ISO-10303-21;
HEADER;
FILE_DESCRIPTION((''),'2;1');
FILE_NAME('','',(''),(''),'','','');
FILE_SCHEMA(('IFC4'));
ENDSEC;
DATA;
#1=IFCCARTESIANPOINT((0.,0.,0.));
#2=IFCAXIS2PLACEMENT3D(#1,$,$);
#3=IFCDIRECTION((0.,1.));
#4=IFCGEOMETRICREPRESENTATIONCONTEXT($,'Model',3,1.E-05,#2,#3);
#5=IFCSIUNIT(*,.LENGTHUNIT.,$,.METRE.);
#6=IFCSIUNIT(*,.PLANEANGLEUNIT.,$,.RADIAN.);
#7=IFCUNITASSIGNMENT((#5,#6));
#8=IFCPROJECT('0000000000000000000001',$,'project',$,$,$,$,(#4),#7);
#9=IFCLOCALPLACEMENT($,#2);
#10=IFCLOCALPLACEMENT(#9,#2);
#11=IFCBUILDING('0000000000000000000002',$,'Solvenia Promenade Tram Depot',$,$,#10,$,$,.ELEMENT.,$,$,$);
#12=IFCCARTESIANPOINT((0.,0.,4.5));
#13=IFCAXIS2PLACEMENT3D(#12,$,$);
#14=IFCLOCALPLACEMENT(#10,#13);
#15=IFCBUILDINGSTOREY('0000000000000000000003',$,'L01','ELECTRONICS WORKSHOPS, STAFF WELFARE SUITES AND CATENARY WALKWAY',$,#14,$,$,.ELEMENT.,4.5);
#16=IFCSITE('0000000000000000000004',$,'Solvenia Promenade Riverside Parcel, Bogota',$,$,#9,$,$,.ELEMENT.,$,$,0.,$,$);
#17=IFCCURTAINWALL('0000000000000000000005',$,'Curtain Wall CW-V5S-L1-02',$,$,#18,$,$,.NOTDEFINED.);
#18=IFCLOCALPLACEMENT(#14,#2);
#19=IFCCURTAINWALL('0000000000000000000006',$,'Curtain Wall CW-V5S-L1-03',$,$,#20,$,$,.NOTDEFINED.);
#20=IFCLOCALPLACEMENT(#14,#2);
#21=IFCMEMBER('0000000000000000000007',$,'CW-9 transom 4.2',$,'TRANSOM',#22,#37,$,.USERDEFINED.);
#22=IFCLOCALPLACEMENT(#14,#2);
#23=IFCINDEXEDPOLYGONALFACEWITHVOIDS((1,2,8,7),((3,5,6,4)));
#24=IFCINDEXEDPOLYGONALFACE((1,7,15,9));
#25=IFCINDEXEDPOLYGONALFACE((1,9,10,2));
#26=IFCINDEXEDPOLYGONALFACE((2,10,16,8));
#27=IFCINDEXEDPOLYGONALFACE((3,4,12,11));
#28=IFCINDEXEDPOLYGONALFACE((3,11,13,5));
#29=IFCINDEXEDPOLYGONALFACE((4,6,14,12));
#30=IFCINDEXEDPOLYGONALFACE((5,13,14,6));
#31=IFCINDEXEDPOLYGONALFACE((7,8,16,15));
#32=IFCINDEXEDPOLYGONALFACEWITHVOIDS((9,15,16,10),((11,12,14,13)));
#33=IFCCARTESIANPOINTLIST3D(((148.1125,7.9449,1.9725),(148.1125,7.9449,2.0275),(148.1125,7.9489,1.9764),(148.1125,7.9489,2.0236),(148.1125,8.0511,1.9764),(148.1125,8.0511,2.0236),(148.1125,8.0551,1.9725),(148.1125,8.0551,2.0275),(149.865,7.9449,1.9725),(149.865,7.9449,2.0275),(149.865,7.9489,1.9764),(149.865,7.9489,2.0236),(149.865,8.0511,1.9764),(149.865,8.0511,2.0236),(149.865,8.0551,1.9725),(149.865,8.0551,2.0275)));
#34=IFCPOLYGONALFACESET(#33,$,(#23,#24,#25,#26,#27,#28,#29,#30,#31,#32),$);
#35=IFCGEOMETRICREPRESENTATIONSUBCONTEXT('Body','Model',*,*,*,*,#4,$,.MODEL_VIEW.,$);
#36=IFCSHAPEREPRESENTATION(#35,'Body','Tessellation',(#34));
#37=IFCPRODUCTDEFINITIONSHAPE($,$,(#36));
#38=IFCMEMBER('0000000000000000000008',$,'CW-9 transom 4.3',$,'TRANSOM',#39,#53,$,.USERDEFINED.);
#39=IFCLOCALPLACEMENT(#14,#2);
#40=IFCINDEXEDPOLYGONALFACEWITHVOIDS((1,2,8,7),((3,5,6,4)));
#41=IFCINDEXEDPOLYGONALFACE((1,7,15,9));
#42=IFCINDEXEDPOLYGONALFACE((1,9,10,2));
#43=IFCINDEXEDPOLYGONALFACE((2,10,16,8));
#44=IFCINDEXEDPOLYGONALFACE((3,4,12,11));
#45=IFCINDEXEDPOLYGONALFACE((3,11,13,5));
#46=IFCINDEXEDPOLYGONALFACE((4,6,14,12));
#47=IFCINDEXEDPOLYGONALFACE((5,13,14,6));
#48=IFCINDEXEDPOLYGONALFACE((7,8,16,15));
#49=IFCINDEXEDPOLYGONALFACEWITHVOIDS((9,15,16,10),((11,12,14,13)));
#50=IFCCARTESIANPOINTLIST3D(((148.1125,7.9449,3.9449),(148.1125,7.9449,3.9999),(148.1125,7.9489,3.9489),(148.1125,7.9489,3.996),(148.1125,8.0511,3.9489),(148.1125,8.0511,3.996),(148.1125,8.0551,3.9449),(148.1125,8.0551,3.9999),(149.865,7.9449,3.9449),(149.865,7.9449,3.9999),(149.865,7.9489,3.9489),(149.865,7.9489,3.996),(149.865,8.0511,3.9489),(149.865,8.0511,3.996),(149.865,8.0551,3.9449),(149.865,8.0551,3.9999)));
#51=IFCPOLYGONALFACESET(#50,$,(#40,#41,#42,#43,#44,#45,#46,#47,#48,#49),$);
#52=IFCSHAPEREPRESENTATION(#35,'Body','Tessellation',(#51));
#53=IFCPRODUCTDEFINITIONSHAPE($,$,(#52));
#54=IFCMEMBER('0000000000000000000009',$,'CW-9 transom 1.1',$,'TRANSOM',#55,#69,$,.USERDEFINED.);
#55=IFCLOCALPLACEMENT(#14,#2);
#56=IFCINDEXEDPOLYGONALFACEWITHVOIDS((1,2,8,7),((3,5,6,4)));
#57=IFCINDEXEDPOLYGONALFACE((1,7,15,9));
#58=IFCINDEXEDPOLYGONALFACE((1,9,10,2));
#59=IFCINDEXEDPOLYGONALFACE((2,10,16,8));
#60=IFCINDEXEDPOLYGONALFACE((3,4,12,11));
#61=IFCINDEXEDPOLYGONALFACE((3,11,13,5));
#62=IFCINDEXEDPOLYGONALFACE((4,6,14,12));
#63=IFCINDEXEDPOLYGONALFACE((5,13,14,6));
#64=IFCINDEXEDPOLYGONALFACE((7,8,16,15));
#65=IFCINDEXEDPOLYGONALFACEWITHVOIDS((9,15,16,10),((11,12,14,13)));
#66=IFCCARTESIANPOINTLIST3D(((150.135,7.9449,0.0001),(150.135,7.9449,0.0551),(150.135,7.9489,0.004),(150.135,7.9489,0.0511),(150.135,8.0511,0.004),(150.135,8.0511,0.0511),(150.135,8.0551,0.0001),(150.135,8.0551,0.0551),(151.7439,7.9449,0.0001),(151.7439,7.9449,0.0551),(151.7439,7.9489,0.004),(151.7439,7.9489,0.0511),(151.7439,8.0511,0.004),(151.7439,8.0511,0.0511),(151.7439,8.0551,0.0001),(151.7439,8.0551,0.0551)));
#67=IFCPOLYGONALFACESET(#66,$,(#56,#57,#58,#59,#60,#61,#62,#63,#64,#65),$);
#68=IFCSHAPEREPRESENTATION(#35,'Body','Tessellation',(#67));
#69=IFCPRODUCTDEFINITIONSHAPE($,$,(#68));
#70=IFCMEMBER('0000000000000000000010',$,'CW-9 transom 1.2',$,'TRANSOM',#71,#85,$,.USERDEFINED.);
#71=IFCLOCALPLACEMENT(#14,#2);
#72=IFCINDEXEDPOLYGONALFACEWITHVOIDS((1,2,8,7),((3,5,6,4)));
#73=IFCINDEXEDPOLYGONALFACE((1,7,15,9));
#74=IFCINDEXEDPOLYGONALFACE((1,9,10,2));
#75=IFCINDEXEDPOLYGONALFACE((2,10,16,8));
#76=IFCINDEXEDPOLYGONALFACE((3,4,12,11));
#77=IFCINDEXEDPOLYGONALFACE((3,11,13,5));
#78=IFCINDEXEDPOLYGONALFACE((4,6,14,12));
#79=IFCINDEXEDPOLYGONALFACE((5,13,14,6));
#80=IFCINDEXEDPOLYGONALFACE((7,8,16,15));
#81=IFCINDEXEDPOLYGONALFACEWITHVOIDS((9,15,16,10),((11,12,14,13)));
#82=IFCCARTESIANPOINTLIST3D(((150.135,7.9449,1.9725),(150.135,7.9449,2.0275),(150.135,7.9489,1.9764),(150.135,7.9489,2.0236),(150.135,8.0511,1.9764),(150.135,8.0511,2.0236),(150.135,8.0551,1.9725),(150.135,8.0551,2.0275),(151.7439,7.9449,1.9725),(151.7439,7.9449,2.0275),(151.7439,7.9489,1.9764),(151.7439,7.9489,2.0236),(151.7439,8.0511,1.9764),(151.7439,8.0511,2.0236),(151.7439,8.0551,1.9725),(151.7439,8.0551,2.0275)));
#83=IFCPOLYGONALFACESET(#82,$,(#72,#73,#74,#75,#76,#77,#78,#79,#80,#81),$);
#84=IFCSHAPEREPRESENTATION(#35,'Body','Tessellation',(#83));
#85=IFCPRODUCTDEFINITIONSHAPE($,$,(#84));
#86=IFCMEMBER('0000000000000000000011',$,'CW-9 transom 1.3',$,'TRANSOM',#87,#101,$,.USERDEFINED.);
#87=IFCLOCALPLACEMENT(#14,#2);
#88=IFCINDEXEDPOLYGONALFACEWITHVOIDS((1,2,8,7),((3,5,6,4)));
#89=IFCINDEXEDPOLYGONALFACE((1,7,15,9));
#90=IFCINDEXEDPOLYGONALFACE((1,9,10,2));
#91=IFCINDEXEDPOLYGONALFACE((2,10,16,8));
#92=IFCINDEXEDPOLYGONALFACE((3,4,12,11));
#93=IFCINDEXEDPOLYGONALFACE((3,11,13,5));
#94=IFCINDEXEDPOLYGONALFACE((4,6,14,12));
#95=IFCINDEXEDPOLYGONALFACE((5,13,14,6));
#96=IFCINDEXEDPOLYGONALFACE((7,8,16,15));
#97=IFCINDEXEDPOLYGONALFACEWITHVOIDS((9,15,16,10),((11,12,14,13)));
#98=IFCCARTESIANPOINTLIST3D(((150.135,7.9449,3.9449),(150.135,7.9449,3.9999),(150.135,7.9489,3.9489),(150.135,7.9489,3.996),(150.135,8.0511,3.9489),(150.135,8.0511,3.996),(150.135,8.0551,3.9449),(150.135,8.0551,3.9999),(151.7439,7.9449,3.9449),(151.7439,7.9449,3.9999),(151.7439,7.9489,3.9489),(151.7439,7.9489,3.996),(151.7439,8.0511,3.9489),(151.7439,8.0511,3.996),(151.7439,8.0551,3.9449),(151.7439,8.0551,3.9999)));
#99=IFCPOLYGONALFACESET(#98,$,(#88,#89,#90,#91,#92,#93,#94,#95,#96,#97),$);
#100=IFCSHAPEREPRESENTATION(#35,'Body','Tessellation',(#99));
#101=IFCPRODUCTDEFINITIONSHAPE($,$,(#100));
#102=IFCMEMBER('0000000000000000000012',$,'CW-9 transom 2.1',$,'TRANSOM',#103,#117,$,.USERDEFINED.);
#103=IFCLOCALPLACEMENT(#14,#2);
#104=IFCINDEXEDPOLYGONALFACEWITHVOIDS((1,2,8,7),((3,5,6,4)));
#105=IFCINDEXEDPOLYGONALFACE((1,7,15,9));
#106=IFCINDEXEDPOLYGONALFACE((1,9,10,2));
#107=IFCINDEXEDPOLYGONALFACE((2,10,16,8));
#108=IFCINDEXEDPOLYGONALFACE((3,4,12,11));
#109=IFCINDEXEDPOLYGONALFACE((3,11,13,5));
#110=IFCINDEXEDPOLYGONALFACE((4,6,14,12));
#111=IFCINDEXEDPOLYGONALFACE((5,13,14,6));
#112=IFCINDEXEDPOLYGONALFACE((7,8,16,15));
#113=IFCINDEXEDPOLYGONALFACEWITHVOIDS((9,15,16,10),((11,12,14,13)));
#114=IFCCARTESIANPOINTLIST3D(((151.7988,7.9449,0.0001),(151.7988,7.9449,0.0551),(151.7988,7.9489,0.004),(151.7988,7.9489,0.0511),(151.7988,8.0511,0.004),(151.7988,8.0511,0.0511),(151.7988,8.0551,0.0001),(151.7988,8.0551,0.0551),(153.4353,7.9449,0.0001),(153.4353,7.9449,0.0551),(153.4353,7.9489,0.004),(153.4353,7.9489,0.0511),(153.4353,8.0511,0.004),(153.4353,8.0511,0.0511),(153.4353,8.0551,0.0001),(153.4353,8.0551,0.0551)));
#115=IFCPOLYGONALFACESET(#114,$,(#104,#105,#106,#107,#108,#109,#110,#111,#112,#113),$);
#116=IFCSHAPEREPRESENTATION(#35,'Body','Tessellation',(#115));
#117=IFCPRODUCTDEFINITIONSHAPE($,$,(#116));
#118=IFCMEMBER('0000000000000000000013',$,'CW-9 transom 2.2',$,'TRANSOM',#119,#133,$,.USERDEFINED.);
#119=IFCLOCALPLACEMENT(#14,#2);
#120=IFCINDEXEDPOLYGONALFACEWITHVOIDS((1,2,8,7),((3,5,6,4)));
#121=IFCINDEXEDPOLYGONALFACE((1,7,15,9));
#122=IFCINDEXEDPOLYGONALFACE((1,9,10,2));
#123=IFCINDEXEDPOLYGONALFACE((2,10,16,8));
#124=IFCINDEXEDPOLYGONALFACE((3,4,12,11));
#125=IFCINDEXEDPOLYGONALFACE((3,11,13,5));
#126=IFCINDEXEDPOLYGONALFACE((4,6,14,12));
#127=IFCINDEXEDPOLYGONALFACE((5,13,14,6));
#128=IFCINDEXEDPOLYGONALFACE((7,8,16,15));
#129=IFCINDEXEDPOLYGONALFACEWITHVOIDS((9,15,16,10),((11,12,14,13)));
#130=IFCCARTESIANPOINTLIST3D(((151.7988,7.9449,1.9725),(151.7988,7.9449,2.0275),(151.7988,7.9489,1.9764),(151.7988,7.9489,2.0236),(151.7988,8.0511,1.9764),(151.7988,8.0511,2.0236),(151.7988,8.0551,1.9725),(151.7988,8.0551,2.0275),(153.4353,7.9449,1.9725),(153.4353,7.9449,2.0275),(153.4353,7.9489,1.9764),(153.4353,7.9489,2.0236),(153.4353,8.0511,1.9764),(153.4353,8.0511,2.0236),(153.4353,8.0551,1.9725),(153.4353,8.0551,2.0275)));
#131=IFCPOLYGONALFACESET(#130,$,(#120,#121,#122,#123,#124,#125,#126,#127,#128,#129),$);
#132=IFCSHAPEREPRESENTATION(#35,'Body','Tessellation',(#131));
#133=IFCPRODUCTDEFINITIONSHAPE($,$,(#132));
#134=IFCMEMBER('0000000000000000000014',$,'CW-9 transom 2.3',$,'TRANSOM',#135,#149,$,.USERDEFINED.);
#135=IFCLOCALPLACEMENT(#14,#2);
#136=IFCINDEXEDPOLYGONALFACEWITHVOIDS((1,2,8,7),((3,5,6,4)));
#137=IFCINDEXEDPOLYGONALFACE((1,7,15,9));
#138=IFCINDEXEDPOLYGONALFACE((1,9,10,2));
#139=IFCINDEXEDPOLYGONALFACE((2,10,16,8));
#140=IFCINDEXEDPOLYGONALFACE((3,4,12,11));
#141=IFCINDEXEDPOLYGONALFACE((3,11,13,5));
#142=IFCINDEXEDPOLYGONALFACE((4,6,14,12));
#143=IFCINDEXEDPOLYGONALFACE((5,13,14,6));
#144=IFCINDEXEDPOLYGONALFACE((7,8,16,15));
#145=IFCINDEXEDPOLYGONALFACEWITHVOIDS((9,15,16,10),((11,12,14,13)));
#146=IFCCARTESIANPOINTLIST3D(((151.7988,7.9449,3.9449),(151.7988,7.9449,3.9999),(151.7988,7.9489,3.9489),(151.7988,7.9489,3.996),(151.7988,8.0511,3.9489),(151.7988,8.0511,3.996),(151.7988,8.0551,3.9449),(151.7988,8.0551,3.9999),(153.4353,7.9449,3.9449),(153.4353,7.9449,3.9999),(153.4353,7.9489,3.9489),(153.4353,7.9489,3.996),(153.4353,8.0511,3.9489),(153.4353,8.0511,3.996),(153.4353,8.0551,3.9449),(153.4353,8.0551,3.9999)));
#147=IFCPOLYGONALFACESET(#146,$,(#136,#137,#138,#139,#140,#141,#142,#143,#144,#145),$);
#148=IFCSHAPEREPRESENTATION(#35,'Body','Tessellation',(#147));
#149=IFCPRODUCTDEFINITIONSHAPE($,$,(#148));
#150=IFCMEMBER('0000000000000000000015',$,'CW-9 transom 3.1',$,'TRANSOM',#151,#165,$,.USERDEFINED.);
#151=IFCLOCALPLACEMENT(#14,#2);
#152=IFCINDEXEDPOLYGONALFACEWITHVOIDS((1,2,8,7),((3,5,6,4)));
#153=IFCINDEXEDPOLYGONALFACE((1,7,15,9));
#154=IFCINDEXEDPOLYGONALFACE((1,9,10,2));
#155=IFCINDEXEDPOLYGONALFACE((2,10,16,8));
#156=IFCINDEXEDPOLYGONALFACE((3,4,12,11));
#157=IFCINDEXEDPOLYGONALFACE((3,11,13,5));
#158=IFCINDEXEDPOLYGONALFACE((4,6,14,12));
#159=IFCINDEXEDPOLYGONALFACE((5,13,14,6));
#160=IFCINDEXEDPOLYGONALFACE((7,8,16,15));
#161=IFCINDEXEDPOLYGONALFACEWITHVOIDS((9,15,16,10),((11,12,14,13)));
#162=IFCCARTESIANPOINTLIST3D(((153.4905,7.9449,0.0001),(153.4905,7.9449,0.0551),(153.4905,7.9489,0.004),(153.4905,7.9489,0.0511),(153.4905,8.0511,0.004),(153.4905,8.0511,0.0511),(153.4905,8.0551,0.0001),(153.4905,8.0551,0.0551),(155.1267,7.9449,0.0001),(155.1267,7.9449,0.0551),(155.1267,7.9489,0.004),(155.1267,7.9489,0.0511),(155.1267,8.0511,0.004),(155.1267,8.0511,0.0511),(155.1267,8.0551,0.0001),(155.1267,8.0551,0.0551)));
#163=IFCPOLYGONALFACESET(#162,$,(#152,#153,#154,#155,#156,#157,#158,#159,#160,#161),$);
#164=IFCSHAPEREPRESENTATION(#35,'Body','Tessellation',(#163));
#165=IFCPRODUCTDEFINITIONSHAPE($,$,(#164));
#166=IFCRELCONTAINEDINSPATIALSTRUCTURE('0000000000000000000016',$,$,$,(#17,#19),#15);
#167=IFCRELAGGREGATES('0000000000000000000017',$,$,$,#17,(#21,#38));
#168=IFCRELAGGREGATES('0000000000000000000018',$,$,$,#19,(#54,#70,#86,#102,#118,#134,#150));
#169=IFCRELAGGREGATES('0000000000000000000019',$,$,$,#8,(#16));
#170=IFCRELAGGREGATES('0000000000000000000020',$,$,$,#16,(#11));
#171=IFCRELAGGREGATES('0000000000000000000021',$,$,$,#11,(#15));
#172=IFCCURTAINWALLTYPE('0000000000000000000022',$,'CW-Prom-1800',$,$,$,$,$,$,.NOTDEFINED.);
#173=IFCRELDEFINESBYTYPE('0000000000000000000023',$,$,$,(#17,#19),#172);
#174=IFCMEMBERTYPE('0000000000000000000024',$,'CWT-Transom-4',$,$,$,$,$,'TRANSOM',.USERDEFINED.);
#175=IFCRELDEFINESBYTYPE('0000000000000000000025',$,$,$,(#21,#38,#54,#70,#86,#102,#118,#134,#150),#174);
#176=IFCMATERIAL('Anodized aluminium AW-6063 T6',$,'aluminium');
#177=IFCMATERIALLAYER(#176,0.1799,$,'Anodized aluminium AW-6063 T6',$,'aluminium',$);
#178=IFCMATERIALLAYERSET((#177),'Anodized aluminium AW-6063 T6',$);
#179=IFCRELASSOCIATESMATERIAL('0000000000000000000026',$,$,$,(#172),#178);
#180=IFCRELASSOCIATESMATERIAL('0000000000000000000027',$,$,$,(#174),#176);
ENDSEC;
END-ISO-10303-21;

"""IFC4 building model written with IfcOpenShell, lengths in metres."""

from ifc_helpers import new_model, si_unit, direction, frame, origin, origin_2d, place, context, subcontext, project, spatial, hollow_rectangle, extrude, material, layer, layer_set, material_profile, profile_set, type_object, element, aggregate, save


model = new_model("IFC4")

# Units and contexts
model_context = context("Model", 3, precision=1e-05, world=origin(), true_north=direction((0.0, 1.0)))
body_context = subcontext(model_context, "Body", "Model", "MODEL_VIEW")
ifc_project = project(units=[si_unit("LENGTHUNIT", "METRE"), si_unit("PLANEANGLEUNIT", "RADIAN")], contexts=[model_context])

# Site, building, storey
site_placement = place(None, origin())
site = spatial("IfcSite", under=ifc_project, at=site_placement, Name="Solvenia Promenade Riverside Parcel, Bogota", CompositionType="ELEMENT", RefElevation=0.0)
building_placement = place(site_placement, origin())
building = spatial("IfcBuilding", under=site, at=building_placement, Name="Solvenia Promenade Tram Depot", CompositionType="ELEMENT")
storey_placement = place(building_placement, frame((0.0, 0.0, 4.5)))
storey = spatial("IfcBuildingStorey", under=building, at=storey_placement, Name="L01", Description="ELECTRONICS WORKSHOPS, STAFF WELFARE SUITES AND CATENARY WALKWAY", CompositionType="ELEMENT", Elevation=4.5)

# Curtain wall
ifc_material_1 = material(Name="Anodized aluminium AW-6063 T6", Category="aluminium")
ifc_layer_1 = layer(ifc_material_1, 0.1799, Name="Anodized aluminium AW-6063 T6", Category="aluminium")
ifc_layer_set_1 = layer_set([ifc_layer_1], Name="Anodized aluminium AW-6063 T6")
curtain_wall_type = type_object("IfcCurtainWallType", Name="CW-Prom-1800", PredefinedType="NOTDEFINED", material=ifc_layer_set_1)
curtain_wall_1_placement = place(storey_placement, origin())
curtain_wall_1 = element("IfcCurtainWall", 1, at=curtain_wall_1_placement, inside=storey, type_object=curtain_wall_type, Name="Curtain Wall CW-V5S-L1-02", PredefinedType="NOTDEFINED")

# Curtain wall
curtain_wall_2_placement = place(storey_placement, origin())
curtain_wall_2 = element("IfcCurtainWall", 2, at=curtain_wall_2_placement, inside=storey, type_object=curtain_wall_type, Name="Curtain Wall CW-V5S-L1-03", PredefinedType="NOTDEFINED")

# Members
ifc_material_profile_1 = material_profile(ifc_material_1, hollow_rectangle(XDim=0.1101, YDim=0.0549, WallThickness=0.0039, at=origin_2d()), Name="ALU-T4", Category="aluminium")
ifc_profile_set_1 = profile_set([ifc_material_profile_1], Name="Anodized aluminium AW-6063 T6")
member_type_1 = type_object("IfcMemberType", Name="CWT-Transom-4", ElementType="TRANSOM", PredefinedType="USERDEFINED", material=ifc_profile_set_1)
member_1_placement = place(storey_placement, frame((148.1125, 8.0, 2.0), z_axis=(1.0, 0.0, 0.0), x_axis=(0.0, 1.0, 0.0)))
member_1 = element("IfcMember", 3, at=member_1_placement, type_object=member_type_1, Name="CW-9 transom 4.2", ObjectType="TRANSOM", PredefinedType="USERDEFINED", context=body_context, shape_type="SweptSolid", body=[
    extrude(hollow_rectangle(XDim=0.1101, YDim=0.0549, WallThickness=0.0039, at=origin_2d()), origin(), (0.0, 0.0, 1.0), 1.7524),
])
member_2_placement = place(storey_placement, frame((148.1125, 8.0, 3.9724), z_axis=(1.0, 0.0, 0.0), x_axis=(0.0, 1.0, 0.0)))
member_2 = element("IfcMember", 4, at=member_2_placement, type_object=member_type_1, Name="CW-9 transom 4.3", ObjectType="TRANSOM", PredefinedType="USERDEFINED", context=body_context, shape_type="SweptSolid", body=[
    extrude(hollow_rectangle(XDim=0.1101, YDim=0.0549, WallThickness=0.0039, at=origin_2d()), origin(), (0.0, 0.0, 1.0), 1.7524),
])
member_3_placement = place(storey_placement, frame((150.135, 8.0, 0.0276), z_axis=(1.0, 0.0, 0.0), x_axis=(0.0, 1.0, 0.0)))
member_3 = element("IfcMember", 5, at=member_3_placement, type_object=member_type_1, Name="CW-9 transom 1.1", ObjectType="TRANSOM", PredefinedType="USERDEFINED", context=body_context, shape_type="SweptSolid", body=[
    extrude(hollow_rectangle(XDim=0.1101, YDim=0.0549, WallThickness=0.0039, at=origin_2d()), origin(), (0.0, 0.0, 1.0), 1.6089),
])
member_4_placement = place(storey_placement, frame((150.135, 8.0, 2.0), z_axis=(1.0, 0.0, 0.0), x_axis=(0.0, 1.0, 0.0)))
member_4 = element("IfcMember", 6, at=member_4_placement, type_object=member_type_1, Name="CW-9 transom 1.2", ObjectType="TRANSOM", PredefinedType="USERDEFINED", context=body_context, shape_type="SweptSolid", body=[
    extrude(hollow_rectangle(XDim=0.1101, YDim=0.0549, WallThickness=0.0039, at=origin_2d()), origin(), (0.0, 0.0, 1.0), 1.6089),
])
member_5_placement = place(storey_placement, frame((150.135, 8.0, 3.9724), z_axis=(1.0, 0.0, 0.0), x_axis=(0.0, 1.0, 0.0)))
member_5 = element("IfcMember", 7, at=member_5_placement, type_object=member_type_1, Name="CW-9 transom 1.3", ObjectType="TRANSOM", PredefinedType="USERDEFINED", context=body_context, shape_type="SweptSolid", body=[
    extrude(hollow_rectangle(XDim=0.1101, YDim=0.0549, WallThickness=0.0039, at=origin_2d()), origin(), (0.0, 0.0, 1.0), 1.6089),
])
member_6_placement = place(storey_placement, frame((151.7988, 8.0, 0.0276), z_axis=(1.0, 0.0, 0.0), x_axis=(0.0, 1.0, 0.0)))
member_6 = element("IfcMember", 8, at=member_6_placement, type_object=member_type_1, Name="CW-9 transom 2.1", ObjectType="TRANSOM", PredefinedType="USERDEFINED", context=body_context, shape_type="SweptSolid", body=[
    extrude(hollow_rectangle(XDim=0.1101, YDim=0.0549, WallThickness=0.0039, at=origin_2d()), origin(), (0.0, 0.0, 1.0), 1.6365),
])
member_7_placement = place(storey_placement, frame((151.7988, 8.0, 2.0), z_axis=(1.0, 0.0, 0.0), x_axis=(0.0, 1.0, 0.0)))
member_7 = element("IfcMember", 9, at=member_7_placement, type_object=member_type_1, Name="CW-9 transom 2.2", ObjectType="TRANSOM", PredefinedType="USERDEFINED", context=body_context, shape_type="SweptSolid", body=[
    extrude(hollow_rectangle(XDim=0.1101, YDim=0.0549, WallThickness=0.0039, at=origin_2d()), origin(), (0.0, 0.0, 1.0), 1.6365),
])
member_8_placement = place(storey_placement, frame((151.7988, 8.0, 3.9724), z_axis=(1.0, 0.0, 0.0), x_axis=(0.0, 1.0, 0.0)))
member_8 = element("IfcMember", 10, at=member_8_placement, type_object=member_type_1, Name="CW-9 transom 2.3", ObjectType="TRANSOM", PredefinedType="USERDEFINED", context=body_context, shape_type="SweptSolid", body=[
    extrude(hollow_rectangle(XDim=0.1101, YDim=0.0549, WallThickness=0.0039, at=origin_2d()), origin(), (0.0, 0.0, 1.0), 1.6365),
])
member_9_placement = place(storey_placement, frame((153.4905, 8.0, 0.0276), z_axis=(1.0, 0.0, 0.0), x_axis=(0.0, 1.0, 0.0)))
member_9 = element("IfcMember", 11, at=member_9_placement, type_object=member_type_1, Name="CW-9 transom 3.1", ObjectType="TRANSOM", PredefinedType="USERDEFINED", context=body_context, shape_type="SweptSolid", body=[
    extrude(hollow_rectangle(XDim=0.1101, YDim=0.0549, WallThickness=0.0039, at=origin_2d()), origin(), (0.0, 0.0, 1.0), 1.6362),
])

aggregate(curtain_wall_1, [member_1, member_2])
aggregate(curtain_wall_2, [member_3, member_4, member_5, member_6, member_7, member_8, member_9])

save(model, "model.ifc")
